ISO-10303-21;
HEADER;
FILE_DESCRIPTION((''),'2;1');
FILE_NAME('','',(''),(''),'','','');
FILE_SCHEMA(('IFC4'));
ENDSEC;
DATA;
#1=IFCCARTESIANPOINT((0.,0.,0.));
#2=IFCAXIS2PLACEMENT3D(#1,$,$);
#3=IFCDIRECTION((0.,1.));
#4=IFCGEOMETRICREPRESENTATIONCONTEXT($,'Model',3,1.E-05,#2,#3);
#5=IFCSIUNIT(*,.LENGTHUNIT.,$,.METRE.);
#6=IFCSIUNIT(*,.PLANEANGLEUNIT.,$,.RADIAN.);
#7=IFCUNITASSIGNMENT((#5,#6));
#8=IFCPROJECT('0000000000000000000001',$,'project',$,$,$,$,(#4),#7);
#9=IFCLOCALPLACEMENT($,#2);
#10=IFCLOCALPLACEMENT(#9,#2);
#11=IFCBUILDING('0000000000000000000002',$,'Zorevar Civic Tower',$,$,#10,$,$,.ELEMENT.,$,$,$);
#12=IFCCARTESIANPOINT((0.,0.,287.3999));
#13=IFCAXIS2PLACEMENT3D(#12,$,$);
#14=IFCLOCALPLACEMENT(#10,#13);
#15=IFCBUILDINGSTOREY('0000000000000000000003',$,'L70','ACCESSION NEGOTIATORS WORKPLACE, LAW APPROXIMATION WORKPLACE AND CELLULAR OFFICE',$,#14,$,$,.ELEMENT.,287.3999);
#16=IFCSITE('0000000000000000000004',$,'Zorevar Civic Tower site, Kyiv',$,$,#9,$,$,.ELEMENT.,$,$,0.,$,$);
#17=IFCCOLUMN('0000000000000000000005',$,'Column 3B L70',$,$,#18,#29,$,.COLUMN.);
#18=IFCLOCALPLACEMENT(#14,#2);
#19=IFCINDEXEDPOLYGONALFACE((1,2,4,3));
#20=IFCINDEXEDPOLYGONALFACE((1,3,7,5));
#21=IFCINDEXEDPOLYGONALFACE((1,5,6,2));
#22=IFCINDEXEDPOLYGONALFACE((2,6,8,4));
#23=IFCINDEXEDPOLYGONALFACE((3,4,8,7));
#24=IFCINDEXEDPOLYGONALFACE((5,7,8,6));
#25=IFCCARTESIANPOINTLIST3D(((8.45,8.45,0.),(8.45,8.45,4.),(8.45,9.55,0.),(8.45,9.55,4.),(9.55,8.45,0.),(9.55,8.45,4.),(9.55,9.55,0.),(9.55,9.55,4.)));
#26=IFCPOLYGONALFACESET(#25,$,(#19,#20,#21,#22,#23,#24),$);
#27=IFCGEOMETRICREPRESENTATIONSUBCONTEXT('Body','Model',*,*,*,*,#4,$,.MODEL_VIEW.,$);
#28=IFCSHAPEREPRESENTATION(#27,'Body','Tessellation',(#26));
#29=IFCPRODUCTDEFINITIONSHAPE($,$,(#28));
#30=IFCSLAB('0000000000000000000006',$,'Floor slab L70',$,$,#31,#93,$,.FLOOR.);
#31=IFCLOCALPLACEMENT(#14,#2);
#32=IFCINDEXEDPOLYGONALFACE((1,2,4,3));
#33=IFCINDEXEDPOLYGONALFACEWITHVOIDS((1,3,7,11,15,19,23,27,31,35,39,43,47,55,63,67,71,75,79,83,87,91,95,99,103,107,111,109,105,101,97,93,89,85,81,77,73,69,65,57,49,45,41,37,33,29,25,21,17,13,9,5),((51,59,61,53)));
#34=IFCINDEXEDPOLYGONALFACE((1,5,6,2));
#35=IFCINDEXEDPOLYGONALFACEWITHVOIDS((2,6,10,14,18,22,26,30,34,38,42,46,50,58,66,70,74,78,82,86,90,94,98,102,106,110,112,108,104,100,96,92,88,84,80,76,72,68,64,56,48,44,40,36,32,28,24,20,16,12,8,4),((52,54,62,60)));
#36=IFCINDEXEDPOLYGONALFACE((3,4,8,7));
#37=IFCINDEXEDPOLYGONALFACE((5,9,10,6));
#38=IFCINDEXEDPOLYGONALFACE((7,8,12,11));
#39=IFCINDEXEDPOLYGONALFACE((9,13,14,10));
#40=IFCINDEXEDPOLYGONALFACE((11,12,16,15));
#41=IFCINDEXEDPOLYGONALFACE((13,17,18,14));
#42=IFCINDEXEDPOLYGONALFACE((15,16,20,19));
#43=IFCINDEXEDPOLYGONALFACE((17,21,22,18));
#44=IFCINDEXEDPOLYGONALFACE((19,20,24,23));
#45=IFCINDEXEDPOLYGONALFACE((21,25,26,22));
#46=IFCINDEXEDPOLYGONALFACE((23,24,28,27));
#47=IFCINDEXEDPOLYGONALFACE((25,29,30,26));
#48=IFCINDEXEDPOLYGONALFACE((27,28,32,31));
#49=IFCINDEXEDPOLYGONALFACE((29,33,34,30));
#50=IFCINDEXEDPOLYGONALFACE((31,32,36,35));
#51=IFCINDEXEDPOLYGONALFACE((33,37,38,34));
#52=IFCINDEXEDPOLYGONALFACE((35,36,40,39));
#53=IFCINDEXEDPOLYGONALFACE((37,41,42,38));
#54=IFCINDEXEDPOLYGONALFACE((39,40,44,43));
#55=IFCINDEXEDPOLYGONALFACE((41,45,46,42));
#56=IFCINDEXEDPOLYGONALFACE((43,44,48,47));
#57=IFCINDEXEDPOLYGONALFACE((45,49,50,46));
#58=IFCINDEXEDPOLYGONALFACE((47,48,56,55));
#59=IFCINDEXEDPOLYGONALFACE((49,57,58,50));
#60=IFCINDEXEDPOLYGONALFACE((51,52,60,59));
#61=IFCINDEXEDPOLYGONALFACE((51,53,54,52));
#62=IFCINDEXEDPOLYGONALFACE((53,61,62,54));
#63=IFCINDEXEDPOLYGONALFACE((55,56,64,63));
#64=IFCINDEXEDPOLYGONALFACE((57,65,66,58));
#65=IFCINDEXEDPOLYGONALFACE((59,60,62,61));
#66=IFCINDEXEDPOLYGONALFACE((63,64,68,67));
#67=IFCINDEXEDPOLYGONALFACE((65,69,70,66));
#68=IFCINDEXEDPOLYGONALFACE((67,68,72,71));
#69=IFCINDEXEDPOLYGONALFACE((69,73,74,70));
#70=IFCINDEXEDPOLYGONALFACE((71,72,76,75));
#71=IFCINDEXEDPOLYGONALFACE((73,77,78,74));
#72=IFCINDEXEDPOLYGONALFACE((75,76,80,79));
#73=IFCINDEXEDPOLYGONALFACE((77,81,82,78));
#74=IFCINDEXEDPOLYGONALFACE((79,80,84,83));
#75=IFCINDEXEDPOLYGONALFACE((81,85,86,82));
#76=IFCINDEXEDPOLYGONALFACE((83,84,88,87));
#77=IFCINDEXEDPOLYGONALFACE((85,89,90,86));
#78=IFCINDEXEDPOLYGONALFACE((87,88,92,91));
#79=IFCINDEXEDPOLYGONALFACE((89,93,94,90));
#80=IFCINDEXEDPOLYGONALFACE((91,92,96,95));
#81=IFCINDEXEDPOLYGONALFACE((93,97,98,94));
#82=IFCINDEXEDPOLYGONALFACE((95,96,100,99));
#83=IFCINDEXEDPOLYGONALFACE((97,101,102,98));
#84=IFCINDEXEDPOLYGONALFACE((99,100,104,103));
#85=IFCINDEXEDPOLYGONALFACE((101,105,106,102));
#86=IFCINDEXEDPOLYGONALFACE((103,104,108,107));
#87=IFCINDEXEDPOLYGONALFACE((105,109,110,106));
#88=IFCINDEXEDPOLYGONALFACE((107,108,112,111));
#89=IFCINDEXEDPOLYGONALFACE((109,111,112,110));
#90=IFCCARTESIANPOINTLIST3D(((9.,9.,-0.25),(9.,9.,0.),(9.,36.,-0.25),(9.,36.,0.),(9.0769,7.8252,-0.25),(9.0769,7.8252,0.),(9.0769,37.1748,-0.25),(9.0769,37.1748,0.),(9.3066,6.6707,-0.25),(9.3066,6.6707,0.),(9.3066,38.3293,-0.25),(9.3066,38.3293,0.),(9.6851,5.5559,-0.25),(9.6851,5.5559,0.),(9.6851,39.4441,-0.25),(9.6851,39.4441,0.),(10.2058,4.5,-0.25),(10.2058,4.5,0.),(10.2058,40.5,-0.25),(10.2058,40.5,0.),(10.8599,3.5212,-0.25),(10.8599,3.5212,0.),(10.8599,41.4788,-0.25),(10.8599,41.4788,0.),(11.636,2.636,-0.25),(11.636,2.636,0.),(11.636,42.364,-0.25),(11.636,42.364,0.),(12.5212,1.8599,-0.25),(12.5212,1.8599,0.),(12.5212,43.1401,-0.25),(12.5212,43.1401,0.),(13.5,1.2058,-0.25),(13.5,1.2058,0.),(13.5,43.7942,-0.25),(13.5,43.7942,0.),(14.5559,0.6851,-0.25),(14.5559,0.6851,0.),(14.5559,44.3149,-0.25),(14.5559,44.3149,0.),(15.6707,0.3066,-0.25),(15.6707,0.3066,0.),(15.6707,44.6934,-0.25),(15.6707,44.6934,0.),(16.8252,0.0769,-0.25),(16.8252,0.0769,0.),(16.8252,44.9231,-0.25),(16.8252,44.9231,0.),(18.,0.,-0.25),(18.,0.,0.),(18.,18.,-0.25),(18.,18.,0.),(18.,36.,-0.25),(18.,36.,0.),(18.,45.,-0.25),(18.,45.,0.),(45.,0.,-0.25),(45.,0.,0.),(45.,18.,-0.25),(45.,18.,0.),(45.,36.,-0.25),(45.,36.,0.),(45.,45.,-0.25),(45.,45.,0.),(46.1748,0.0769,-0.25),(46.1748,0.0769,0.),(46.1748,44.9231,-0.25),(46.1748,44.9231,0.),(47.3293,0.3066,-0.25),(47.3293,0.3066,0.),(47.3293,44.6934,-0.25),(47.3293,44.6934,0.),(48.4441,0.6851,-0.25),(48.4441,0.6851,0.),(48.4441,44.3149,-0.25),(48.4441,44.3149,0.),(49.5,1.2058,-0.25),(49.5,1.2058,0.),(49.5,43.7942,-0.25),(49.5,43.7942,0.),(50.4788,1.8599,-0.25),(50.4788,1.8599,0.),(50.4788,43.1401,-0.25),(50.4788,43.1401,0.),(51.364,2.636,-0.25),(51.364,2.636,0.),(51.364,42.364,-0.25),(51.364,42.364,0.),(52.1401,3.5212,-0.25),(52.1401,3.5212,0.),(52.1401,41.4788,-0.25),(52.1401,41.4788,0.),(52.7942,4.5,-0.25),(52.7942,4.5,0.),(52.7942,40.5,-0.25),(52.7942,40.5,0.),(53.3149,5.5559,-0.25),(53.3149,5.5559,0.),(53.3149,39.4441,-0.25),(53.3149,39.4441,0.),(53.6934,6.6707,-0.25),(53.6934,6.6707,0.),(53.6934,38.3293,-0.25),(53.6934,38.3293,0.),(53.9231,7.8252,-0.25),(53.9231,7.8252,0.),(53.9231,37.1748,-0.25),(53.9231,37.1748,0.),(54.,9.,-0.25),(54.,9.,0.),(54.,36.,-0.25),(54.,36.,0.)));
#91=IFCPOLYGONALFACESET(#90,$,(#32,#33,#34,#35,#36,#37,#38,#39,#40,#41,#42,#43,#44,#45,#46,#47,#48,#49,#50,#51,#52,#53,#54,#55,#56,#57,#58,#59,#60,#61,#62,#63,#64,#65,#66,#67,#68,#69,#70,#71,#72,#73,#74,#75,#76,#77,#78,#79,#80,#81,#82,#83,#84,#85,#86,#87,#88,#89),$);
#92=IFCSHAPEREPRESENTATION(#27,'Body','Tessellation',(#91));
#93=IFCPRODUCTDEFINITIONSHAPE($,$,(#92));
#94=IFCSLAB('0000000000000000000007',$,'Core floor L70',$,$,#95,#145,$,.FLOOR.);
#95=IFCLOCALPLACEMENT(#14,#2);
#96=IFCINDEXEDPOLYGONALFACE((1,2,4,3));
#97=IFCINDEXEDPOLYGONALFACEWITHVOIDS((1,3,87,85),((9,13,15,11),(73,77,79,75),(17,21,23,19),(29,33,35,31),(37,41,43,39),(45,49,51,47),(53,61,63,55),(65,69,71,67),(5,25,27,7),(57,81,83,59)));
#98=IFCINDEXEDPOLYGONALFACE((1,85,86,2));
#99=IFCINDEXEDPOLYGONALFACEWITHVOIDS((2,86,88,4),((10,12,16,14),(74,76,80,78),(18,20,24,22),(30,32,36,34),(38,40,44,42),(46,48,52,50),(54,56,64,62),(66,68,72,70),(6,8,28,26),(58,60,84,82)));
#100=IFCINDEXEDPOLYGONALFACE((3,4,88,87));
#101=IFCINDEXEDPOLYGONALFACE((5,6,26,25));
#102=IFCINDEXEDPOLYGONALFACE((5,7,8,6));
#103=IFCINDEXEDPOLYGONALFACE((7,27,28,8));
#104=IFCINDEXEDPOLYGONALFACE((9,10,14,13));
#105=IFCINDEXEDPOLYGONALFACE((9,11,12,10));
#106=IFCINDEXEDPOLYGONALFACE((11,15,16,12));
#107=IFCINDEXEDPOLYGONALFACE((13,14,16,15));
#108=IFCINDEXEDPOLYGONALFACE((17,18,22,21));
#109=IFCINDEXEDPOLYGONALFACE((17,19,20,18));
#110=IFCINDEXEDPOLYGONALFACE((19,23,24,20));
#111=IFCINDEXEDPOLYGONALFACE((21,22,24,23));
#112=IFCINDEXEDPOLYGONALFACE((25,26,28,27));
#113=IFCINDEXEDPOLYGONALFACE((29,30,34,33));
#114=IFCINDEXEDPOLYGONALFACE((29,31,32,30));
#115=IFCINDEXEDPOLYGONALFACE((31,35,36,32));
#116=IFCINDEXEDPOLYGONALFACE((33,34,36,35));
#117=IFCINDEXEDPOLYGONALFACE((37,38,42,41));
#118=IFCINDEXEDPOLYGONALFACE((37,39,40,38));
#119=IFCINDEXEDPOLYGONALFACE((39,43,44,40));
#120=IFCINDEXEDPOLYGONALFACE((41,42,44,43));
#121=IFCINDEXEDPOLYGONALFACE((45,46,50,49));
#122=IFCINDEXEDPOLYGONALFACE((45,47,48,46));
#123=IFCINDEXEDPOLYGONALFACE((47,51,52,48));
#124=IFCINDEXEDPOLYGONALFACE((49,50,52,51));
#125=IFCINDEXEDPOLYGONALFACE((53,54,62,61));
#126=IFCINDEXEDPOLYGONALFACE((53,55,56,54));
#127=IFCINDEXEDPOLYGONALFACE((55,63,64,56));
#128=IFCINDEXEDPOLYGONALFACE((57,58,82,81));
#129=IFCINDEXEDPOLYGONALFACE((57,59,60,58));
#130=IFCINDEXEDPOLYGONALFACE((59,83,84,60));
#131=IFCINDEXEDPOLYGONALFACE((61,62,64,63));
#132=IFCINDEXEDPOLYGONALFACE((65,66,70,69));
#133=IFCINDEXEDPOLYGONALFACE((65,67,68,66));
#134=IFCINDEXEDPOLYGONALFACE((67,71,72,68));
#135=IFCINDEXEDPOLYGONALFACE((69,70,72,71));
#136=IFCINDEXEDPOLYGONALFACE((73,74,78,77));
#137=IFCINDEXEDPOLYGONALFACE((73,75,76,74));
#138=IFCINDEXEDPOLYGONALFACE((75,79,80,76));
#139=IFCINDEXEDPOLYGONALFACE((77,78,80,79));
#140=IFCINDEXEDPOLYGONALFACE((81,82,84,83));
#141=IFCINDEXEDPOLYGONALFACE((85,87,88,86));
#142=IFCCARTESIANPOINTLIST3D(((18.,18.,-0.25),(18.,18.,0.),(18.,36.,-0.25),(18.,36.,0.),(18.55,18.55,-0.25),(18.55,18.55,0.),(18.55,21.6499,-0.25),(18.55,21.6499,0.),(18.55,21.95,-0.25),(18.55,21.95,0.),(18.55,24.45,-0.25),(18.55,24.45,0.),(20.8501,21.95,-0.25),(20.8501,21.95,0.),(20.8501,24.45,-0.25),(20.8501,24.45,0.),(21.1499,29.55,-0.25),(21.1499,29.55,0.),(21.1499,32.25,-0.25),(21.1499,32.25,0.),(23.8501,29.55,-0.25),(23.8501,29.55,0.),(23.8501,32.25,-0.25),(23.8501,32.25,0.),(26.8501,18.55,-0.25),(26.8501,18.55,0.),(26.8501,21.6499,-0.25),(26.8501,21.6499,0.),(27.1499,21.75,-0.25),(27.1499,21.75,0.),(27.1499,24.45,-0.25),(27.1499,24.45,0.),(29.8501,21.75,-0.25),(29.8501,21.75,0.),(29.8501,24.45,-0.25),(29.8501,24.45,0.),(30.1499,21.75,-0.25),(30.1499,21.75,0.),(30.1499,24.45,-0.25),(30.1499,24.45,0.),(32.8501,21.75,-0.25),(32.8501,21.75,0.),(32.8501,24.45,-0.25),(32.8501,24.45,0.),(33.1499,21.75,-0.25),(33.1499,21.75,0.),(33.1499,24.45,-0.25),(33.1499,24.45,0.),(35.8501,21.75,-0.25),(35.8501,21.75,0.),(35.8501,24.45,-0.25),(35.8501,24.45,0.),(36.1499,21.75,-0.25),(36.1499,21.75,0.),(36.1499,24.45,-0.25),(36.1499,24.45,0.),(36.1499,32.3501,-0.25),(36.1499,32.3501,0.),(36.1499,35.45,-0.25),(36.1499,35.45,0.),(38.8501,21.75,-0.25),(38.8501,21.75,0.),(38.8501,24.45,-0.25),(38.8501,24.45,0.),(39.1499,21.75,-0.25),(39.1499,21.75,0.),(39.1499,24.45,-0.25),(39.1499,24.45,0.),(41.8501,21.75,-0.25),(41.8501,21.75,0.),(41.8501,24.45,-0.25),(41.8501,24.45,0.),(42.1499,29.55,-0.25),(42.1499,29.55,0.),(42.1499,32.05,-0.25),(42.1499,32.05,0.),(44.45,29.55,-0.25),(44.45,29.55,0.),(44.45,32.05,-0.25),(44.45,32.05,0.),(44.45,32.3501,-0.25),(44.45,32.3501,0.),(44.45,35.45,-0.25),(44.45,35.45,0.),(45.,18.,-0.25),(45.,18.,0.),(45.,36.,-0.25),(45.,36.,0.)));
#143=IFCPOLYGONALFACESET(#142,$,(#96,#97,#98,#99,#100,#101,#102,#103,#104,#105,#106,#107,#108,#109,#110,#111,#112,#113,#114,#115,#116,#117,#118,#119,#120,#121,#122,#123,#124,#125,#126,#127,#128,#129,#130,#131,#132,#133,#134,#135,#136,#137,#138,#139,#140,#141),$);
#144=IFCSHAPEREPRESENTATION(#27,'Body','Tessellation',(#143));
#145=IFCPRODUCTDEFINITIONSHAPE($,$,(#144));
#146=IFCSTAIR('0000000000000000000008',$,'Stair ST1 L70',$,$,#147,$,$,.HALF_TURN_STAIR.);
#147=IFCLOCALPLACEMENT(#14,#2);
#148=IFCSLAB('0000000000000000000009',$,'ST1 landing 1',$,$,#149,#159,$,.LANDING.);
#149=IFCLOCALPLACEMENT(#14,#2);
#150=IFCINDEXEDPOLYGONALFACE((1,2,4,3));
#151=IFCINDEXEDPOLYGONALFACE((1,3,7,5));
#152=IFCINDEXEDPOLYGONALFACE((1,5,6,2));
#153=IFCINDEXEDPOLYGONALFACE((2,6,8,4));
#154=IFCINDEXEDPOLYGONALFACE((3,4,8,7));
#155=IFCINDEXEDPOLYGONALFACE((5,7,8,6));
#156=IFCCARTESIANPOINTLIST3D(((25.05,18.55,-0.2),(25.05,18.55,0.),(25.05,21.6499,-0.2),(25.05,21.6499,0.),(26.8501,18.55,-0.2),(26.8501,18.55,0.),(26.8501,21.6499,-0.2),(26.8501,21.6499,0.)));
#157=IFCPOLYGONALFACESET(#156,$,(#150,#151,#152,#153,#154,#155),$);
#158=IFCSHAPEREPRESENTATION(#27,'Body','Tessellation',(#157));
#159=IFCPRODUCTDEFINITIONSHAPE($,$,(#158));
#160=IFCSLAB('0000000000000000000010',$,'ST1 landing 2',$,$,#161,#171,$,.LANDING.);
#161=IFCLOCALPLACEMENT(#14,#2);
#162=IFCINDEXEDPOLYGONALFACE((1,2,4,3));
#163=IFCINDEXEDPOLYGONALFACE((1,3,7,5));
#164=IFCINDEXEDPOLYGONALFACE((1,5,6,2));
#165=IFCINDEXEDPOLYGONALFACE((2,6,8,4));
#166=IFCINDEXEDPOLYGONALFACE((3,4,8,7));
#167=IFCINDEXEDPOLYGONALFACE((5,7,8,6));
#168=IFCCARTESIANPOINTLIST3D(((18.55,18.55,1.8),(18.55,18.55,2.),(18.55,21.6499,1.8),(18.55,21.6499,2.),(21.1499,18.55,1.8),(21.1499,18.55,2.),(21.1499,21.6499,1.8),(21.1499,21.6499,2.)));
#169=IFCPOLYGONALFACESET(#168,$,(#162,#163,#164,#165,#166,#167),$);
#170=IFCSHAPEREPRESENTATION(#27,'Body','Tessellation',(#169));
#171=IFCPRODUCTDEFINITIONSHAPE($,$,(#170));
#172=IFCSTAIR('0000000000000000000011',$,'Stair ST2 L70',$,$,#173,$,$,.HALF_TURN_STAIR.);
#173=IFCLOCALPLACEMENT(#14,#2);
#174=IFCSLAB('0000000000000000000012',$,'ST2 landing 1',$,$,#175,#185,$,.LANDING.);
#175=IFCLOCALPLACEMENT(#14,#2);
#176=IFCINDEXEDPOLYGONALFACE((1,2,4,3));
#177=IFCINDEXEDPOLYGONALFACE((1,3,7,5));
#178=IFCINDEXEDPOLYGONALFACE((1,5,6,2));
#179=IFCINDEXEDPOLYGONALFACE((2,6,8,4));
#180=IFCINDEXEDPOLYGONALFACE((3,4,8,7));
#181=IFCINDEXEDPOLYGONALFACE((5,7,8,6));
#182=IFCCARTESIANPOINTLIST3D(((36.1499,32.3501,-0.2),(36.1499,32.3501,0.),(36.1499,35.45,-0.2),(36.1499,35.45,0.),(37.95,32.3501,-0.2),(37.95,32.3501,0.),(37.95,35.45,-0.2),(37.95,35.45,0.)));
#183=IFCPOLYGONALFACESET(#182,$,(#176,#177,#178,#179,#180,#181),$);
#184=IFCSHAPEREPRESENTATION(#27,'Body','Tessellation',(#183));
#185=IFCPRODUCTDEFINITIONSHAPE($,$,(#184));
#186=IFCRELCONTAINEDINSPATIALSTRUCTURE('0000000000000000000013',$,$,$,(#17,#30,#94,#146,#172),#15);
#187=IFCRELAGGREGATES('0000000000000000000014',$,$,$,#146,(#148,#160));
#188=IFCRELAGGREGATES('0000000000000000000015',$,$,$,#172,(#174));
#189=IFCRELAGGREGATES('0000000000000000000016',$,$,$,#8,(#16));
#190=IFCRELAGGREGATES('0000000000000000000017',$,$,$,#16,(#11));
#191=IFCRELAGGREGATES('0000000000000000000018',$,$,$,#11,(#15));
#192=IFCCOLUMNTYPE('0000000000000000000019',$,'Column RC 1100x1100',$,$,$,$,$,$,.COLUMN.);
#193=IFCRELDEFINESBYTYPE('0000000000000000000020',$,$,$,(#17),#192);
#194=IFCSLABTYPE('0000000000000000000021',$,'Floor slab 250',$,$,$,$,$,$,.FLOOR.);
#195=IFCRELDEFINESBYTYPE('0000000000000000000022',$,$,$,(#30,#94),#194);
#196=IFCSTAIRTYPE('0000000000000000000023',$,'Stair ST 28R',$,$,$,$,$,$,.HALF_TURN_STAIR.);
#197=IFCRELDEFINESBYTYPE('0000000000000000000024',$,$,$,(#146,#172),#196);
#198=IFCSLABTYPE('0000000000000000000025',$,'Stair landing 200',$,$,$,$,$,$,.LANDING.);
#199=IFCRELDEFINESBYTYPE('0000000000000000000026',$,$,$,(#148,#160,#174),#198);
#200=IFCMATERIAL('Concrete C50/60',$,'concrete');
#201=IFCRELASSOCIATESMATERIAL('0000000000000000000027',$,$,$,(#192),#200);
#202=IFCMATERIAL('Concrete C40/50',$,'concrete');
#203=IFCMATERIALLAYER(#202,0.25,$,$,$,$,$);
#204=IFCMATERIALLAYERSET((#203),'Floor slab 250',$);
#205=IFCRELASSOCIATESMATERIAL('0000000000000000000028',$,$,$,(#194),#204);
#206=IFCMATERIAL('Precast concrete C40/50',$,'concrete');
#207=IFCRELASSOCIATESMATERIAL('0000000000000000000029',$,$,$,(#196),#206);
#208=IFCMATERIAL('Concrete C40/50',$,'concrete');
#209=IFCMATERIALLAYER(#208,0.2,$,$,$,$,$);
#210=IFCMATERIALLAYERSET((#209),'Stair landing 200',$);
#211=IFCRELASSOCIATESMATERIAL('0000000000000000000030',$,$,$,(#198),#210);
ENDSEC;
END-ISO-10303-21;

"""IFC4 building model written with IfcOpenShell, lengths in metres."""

from ifc_helpers import new_model, si_unit, direction, frame, origin, origin_2d, place, context, subcontext, project, spatial, polyline, rectangle, outline, extrude, material, layer, layer_set, material_profile, profile_set, type_object, element, aggregate, save


model = new_model("IFC4")

# Units and contexts
model_context = context("Model", 3, precision=1e-05, world=origin(), true_north=direction((0.0, 1.0)))
body_context = subcontext(model_context, "Body", "Model", "MODEL_VIEW")
ifc_project = project(units=[si_unit("LENGTHUNIT", "METRE"), si_unit("PLANEANGLEUNIT", "RADIAN")], contexts=[model_context])

# Site, building, storey
site_placement = place(None, origin())
site = spatial("IfcSite", under=ifc_project, at=site_placement, Name="Zorevar Civic Tower site, Kyiv", CompositionType="ELEMENT", RefElevation=0.0)
building_placement = place(site_placement, origin())
building = spatial("IfcBuilding", under=site, at=building_placement, Name="Zorevar Civic Tower", CompositionType="ELEMENT")
storey_placement = place(building_placement, frame((0.0, 0.0, 287.3999)))
storey = spatial("IfcBuildingStorey", under=building, at=storey_placement, Name="L70", Description="ACCESSION NEGOTIATORS WORKPLACE, LAW APPROXIMATION WORKPLACE AND CELLULAR OFFICE", CompositionType="ELEMENT", Elevation=287.3999)

# Column
ifc_material_1 = material(Name="Concrete C50/60", Category="concrete")
ifc_material_profile = material_profile(ifc_material_1, rectangle(XDim=1.1001, YDim=1.1001, at=origin_2d()), Name="RC 1100x1100")
ifc_profile_set = profile_set([ifc_material_profile], Name="Concrete C50/60")
column_type = type_object("IfcColumnType", Name="Column RC 1100x1100", PredefinedType="COLUMN", material=ifc_profile_set)
column_placement = place(storey_placement, frame((9.0, 9.0, 0.0), z_axis=(0.0, 0.0, 1.0), x_axis=(1.0, 0.0, 0.0)))
element("IfcColumn", 1, at=column_placement, inside=storey, type_object=column_type, Name="Column 3B L70", PredefinedType="COLUMN", context=body_context, shape_type="SweptSolid", body=[
    extrude(rectangle(XDim=1.1001, YDim=1.1001, at=origin_2d()), origin(), (0.0, 0.0, 1.0), 4.0),
])

# Slabs
ifc_material_2 = material(Name="Concrete C40/50", Category="concrete")
ifc_layer_1 = layer(ifc_material_2, 0.25)
ifc_layer_set_1 = layer_set([ifc_layer_1], Name="Floor slab 250")
slab_type_1 = type_object("IfcSlabType", Name="Floor slab 250", PredefinedType="FLOOR", material=ifc_layer_set_1)
slab_1_placement = place(storey_placement, frame((0.0, 0.0, -0.25)))
element("IfcSlab", 2, at=slab_1_placement, inside=storey, type_object=slab_type_1, Name="Floor slab L70", PredefinedType="FLOOR", context=body_context, shape_type="SweptSolid", body=[
    extrude(outline(polyline([(45.0, 0.0), (46.1748, 0.0769), (47.3293, 0.3066), (48.4441, 0.6851), (49.5, 1.2058), (50.4788, 1.8599), (51.364, 2.636), (52.1401, 3.5212), (52.7942, 4.5), (53.3149, 5.5559), (53.6934, 6.6707), (53.9231, 7.8252), (54.0, 9.0), (54.0, 36.0), (53.9231, 37.1748), (53.6934, 38.3293), (53.3149, 39.4441), (52.7942, 40.5), (52.1401, 41.4788), (51.364, 42.364), (50.4788, 43.1401), (49.5, 43.7942), (48.4441, 44.3149), (47.3293, 44.6934), (46.1748, 44.9231), (45.0, 45.0), (18.0, 45.0), (16.8252, 44.9231), (15.6707, 44.6934), (14.5559, 44.3149), (13.5, 43.7942), (12.5212, 43.1401), (11.636, 42.364), (10.8599, 41.4788), (10.2058, 40.5), (9.6851, 39.4441), (9.3066, 38.3293), (9.0769, 37.1748), (9.0, 36.0), (9.0, 9.0), (9.0769, 7.8252), (9.3066, 6.6707), (9.6851, 5.5559), (10.2058, 4.5), (10.8599, 3.5212), (11.636, 2.636), (12.5212, 1.8599), (13.5, 1.2058), (14.5559, 0.6851), (15.6707, 0.3066), (16.8252, 0.0769), (18.0, 0.0), (45.0, 0.0)]), holes=[polyline([(18.0, 18.0), (45.0, 18.0), (45.0, 36.0), (18.0, 36.0), (18.0, 18.0)])]), origin(), (0.0, 0.0, 1.0), 0.25),
])
slab_2_placement = place(storey_placement, frame((0.0, 0.0, -0.25)))
element("IfcSlab", 3, at=slab_2_placement, inside=storey, type_object=slab_type_1, Name="Core floor L70", PredefinedType="FLOOR", context=body_context, shape_type="SweptSolid", body=[
    extrude(outline(polyline([(18.0, 18.0), (45.0, 18.0), (45.0, 36.0), (18.0, 36.0), (18.0, 18.0)]), holes=[polyline([(18.55, 18.55), (26.8501, 18.55), (26.8501, 21.6499), (18.55, 21.6499), (18.55, 18.55)]), polyline([(36.1499, 32.3501), (44.45, 32.3501), (44.45, 35.45), (36.1499, 35.45), (36.1499, 32.3501)]), polyline([(18.55, 21.95), (20.8501, 21.95), (20.8501, 24.45), (18.55, 24.45), (18.55, 21.95)]), polyline([(42.1499, 29.55), (44.45, 29.55), (44.45, 32.05), (42.1499, 32.05), (42.1499, 29.55)]), polyline([(27.1499, 21.75), (29.8501, 21.75), (29.8501, 24.45), (27.1499, 24.45), (27.1499, 21.75)]), polyline([(30.1499, 21.75), (32.8501, 21.75), (32.8501, 24.45), (30.1499, 24.45), (30.1499, 21.75)]), polyline([(33.1499, 21.75), (35.8501, 21.75), (35.8501, 24.45), (33.1499, 24.45), (33.1499, 21.75)]), polyline([(36.1499, 21.75), (38.8501, 21.75), (38.8501, 24.45), (36.1499, 24.45), (36.1499, 21.75)]), polyline([(39.1499, 21.75), (41.8501, 21.75), (41.8501, 24.45), (39.1499, 24.45), (39.1499, 21.75)]), polyline([(21.1499, 29.55), (23.8501, 29.55), (23.8501, 32.25), (21.1499, 32.25), (21.1499, 29.55)])]), origin(), (0.0, 0.0, 1.0), 0.25),
])

# Stairs, slabs
ifc_material_3 = material(Name="Precast concrete C40/50", Category="concrete")
stair_type = type_object("IfcStairType", Name="Stair ST 28R", PredefinedType="HALF_TURN_STAIR", material=ifc_material_3)
stair_1_placement = place(storey_placement, origin())
stair_1 = element("IfcStair", 4, at=stair_1_placement, inside=storey, type_object=stair_type, Name="Stair ST1 L70", PredefinedType="HALF_TURN_STAIR")
ifc_material_4 = material(Name="Concrete C40/50", Category="concrete")
ifc_layer_2 = layer(ifc_material_4, 0.2)
ifc_layer_set_2 = layer_set([ifc_layer_2], Name="Stair landing 200")
slab_type_2 = type_object("IfcSlabType", Name="Stair landing 200", PredefinedType="LANDING", material=ifc_layer_set_2)
slab_3_placement = place(storey_placement, frame((0.0, 0.0, -0.2)))
slab_3 = element("IfcSlab", 5, at=slab_3_placement, type_object=slab_type_2, Name="ST1 landing 1", PredefinedType="LANDING", context=body_context, shape_type="SweptSolid", body=[
    extrude(outline(polyline([(25.05, 18.55), (26.8501, 18.55), (26.8501, 21.6499), (25.05, 21.6499), (25.05, 18.55)])), origin(), (0.0, 0.0, 1.0), 0.2),
])
slab_4_placement = place(storey_placement, frame((0.0, 0.0, 1.8)))
slab_4 = element("IfcSlab", 6, at=slab_4_placement, type_object=slab_type_2, Name="ST1 landing 2", PredefinedType="LANDING", context=body_context, shape_type="SweptSolid", body=[
    extrude(outline(polyline([(18.55, 18.55), (21.1499, 18.55), (21.1499, 21.6499), (18.55, 21.6499), (18.55, 18.55)])), origin(), (0.0, 0.0, 1.0), 0.2),
])
aggregate(stair_1, [slab_3, slab_4])
stair_2_placement = place(storey_placement, origin())
stair_2 = element("IfcStair", 7, at=stair_2_placement, inside=storey, type_object=stair_type, Name="Stair ST2 L70", PredefinedType="HALF_TURN_STAIR")
slab_5_placement = place(storey_placement, frame((0.0, 0.0, -0.2)))
slab_5 = element("IfcSlab", 8, at=slab_5_placement, type_object=slab_type_2, Name="ST2 landing 1", PredefinedType="LANDING", context=body_context, shape_type="SweptSolid", body=[
    extrude(outline(polyline([(37.95, 32.3501), (36.1499, 32.3501), (36.1499, 35.45), (37.95, 35.45), (37.95, 32.3501)])), origin(), (0.0, 0.0, 1.0), 0.2),
])
aggregate(stair_2, [slab_5])

save(model, "model.ifc")
